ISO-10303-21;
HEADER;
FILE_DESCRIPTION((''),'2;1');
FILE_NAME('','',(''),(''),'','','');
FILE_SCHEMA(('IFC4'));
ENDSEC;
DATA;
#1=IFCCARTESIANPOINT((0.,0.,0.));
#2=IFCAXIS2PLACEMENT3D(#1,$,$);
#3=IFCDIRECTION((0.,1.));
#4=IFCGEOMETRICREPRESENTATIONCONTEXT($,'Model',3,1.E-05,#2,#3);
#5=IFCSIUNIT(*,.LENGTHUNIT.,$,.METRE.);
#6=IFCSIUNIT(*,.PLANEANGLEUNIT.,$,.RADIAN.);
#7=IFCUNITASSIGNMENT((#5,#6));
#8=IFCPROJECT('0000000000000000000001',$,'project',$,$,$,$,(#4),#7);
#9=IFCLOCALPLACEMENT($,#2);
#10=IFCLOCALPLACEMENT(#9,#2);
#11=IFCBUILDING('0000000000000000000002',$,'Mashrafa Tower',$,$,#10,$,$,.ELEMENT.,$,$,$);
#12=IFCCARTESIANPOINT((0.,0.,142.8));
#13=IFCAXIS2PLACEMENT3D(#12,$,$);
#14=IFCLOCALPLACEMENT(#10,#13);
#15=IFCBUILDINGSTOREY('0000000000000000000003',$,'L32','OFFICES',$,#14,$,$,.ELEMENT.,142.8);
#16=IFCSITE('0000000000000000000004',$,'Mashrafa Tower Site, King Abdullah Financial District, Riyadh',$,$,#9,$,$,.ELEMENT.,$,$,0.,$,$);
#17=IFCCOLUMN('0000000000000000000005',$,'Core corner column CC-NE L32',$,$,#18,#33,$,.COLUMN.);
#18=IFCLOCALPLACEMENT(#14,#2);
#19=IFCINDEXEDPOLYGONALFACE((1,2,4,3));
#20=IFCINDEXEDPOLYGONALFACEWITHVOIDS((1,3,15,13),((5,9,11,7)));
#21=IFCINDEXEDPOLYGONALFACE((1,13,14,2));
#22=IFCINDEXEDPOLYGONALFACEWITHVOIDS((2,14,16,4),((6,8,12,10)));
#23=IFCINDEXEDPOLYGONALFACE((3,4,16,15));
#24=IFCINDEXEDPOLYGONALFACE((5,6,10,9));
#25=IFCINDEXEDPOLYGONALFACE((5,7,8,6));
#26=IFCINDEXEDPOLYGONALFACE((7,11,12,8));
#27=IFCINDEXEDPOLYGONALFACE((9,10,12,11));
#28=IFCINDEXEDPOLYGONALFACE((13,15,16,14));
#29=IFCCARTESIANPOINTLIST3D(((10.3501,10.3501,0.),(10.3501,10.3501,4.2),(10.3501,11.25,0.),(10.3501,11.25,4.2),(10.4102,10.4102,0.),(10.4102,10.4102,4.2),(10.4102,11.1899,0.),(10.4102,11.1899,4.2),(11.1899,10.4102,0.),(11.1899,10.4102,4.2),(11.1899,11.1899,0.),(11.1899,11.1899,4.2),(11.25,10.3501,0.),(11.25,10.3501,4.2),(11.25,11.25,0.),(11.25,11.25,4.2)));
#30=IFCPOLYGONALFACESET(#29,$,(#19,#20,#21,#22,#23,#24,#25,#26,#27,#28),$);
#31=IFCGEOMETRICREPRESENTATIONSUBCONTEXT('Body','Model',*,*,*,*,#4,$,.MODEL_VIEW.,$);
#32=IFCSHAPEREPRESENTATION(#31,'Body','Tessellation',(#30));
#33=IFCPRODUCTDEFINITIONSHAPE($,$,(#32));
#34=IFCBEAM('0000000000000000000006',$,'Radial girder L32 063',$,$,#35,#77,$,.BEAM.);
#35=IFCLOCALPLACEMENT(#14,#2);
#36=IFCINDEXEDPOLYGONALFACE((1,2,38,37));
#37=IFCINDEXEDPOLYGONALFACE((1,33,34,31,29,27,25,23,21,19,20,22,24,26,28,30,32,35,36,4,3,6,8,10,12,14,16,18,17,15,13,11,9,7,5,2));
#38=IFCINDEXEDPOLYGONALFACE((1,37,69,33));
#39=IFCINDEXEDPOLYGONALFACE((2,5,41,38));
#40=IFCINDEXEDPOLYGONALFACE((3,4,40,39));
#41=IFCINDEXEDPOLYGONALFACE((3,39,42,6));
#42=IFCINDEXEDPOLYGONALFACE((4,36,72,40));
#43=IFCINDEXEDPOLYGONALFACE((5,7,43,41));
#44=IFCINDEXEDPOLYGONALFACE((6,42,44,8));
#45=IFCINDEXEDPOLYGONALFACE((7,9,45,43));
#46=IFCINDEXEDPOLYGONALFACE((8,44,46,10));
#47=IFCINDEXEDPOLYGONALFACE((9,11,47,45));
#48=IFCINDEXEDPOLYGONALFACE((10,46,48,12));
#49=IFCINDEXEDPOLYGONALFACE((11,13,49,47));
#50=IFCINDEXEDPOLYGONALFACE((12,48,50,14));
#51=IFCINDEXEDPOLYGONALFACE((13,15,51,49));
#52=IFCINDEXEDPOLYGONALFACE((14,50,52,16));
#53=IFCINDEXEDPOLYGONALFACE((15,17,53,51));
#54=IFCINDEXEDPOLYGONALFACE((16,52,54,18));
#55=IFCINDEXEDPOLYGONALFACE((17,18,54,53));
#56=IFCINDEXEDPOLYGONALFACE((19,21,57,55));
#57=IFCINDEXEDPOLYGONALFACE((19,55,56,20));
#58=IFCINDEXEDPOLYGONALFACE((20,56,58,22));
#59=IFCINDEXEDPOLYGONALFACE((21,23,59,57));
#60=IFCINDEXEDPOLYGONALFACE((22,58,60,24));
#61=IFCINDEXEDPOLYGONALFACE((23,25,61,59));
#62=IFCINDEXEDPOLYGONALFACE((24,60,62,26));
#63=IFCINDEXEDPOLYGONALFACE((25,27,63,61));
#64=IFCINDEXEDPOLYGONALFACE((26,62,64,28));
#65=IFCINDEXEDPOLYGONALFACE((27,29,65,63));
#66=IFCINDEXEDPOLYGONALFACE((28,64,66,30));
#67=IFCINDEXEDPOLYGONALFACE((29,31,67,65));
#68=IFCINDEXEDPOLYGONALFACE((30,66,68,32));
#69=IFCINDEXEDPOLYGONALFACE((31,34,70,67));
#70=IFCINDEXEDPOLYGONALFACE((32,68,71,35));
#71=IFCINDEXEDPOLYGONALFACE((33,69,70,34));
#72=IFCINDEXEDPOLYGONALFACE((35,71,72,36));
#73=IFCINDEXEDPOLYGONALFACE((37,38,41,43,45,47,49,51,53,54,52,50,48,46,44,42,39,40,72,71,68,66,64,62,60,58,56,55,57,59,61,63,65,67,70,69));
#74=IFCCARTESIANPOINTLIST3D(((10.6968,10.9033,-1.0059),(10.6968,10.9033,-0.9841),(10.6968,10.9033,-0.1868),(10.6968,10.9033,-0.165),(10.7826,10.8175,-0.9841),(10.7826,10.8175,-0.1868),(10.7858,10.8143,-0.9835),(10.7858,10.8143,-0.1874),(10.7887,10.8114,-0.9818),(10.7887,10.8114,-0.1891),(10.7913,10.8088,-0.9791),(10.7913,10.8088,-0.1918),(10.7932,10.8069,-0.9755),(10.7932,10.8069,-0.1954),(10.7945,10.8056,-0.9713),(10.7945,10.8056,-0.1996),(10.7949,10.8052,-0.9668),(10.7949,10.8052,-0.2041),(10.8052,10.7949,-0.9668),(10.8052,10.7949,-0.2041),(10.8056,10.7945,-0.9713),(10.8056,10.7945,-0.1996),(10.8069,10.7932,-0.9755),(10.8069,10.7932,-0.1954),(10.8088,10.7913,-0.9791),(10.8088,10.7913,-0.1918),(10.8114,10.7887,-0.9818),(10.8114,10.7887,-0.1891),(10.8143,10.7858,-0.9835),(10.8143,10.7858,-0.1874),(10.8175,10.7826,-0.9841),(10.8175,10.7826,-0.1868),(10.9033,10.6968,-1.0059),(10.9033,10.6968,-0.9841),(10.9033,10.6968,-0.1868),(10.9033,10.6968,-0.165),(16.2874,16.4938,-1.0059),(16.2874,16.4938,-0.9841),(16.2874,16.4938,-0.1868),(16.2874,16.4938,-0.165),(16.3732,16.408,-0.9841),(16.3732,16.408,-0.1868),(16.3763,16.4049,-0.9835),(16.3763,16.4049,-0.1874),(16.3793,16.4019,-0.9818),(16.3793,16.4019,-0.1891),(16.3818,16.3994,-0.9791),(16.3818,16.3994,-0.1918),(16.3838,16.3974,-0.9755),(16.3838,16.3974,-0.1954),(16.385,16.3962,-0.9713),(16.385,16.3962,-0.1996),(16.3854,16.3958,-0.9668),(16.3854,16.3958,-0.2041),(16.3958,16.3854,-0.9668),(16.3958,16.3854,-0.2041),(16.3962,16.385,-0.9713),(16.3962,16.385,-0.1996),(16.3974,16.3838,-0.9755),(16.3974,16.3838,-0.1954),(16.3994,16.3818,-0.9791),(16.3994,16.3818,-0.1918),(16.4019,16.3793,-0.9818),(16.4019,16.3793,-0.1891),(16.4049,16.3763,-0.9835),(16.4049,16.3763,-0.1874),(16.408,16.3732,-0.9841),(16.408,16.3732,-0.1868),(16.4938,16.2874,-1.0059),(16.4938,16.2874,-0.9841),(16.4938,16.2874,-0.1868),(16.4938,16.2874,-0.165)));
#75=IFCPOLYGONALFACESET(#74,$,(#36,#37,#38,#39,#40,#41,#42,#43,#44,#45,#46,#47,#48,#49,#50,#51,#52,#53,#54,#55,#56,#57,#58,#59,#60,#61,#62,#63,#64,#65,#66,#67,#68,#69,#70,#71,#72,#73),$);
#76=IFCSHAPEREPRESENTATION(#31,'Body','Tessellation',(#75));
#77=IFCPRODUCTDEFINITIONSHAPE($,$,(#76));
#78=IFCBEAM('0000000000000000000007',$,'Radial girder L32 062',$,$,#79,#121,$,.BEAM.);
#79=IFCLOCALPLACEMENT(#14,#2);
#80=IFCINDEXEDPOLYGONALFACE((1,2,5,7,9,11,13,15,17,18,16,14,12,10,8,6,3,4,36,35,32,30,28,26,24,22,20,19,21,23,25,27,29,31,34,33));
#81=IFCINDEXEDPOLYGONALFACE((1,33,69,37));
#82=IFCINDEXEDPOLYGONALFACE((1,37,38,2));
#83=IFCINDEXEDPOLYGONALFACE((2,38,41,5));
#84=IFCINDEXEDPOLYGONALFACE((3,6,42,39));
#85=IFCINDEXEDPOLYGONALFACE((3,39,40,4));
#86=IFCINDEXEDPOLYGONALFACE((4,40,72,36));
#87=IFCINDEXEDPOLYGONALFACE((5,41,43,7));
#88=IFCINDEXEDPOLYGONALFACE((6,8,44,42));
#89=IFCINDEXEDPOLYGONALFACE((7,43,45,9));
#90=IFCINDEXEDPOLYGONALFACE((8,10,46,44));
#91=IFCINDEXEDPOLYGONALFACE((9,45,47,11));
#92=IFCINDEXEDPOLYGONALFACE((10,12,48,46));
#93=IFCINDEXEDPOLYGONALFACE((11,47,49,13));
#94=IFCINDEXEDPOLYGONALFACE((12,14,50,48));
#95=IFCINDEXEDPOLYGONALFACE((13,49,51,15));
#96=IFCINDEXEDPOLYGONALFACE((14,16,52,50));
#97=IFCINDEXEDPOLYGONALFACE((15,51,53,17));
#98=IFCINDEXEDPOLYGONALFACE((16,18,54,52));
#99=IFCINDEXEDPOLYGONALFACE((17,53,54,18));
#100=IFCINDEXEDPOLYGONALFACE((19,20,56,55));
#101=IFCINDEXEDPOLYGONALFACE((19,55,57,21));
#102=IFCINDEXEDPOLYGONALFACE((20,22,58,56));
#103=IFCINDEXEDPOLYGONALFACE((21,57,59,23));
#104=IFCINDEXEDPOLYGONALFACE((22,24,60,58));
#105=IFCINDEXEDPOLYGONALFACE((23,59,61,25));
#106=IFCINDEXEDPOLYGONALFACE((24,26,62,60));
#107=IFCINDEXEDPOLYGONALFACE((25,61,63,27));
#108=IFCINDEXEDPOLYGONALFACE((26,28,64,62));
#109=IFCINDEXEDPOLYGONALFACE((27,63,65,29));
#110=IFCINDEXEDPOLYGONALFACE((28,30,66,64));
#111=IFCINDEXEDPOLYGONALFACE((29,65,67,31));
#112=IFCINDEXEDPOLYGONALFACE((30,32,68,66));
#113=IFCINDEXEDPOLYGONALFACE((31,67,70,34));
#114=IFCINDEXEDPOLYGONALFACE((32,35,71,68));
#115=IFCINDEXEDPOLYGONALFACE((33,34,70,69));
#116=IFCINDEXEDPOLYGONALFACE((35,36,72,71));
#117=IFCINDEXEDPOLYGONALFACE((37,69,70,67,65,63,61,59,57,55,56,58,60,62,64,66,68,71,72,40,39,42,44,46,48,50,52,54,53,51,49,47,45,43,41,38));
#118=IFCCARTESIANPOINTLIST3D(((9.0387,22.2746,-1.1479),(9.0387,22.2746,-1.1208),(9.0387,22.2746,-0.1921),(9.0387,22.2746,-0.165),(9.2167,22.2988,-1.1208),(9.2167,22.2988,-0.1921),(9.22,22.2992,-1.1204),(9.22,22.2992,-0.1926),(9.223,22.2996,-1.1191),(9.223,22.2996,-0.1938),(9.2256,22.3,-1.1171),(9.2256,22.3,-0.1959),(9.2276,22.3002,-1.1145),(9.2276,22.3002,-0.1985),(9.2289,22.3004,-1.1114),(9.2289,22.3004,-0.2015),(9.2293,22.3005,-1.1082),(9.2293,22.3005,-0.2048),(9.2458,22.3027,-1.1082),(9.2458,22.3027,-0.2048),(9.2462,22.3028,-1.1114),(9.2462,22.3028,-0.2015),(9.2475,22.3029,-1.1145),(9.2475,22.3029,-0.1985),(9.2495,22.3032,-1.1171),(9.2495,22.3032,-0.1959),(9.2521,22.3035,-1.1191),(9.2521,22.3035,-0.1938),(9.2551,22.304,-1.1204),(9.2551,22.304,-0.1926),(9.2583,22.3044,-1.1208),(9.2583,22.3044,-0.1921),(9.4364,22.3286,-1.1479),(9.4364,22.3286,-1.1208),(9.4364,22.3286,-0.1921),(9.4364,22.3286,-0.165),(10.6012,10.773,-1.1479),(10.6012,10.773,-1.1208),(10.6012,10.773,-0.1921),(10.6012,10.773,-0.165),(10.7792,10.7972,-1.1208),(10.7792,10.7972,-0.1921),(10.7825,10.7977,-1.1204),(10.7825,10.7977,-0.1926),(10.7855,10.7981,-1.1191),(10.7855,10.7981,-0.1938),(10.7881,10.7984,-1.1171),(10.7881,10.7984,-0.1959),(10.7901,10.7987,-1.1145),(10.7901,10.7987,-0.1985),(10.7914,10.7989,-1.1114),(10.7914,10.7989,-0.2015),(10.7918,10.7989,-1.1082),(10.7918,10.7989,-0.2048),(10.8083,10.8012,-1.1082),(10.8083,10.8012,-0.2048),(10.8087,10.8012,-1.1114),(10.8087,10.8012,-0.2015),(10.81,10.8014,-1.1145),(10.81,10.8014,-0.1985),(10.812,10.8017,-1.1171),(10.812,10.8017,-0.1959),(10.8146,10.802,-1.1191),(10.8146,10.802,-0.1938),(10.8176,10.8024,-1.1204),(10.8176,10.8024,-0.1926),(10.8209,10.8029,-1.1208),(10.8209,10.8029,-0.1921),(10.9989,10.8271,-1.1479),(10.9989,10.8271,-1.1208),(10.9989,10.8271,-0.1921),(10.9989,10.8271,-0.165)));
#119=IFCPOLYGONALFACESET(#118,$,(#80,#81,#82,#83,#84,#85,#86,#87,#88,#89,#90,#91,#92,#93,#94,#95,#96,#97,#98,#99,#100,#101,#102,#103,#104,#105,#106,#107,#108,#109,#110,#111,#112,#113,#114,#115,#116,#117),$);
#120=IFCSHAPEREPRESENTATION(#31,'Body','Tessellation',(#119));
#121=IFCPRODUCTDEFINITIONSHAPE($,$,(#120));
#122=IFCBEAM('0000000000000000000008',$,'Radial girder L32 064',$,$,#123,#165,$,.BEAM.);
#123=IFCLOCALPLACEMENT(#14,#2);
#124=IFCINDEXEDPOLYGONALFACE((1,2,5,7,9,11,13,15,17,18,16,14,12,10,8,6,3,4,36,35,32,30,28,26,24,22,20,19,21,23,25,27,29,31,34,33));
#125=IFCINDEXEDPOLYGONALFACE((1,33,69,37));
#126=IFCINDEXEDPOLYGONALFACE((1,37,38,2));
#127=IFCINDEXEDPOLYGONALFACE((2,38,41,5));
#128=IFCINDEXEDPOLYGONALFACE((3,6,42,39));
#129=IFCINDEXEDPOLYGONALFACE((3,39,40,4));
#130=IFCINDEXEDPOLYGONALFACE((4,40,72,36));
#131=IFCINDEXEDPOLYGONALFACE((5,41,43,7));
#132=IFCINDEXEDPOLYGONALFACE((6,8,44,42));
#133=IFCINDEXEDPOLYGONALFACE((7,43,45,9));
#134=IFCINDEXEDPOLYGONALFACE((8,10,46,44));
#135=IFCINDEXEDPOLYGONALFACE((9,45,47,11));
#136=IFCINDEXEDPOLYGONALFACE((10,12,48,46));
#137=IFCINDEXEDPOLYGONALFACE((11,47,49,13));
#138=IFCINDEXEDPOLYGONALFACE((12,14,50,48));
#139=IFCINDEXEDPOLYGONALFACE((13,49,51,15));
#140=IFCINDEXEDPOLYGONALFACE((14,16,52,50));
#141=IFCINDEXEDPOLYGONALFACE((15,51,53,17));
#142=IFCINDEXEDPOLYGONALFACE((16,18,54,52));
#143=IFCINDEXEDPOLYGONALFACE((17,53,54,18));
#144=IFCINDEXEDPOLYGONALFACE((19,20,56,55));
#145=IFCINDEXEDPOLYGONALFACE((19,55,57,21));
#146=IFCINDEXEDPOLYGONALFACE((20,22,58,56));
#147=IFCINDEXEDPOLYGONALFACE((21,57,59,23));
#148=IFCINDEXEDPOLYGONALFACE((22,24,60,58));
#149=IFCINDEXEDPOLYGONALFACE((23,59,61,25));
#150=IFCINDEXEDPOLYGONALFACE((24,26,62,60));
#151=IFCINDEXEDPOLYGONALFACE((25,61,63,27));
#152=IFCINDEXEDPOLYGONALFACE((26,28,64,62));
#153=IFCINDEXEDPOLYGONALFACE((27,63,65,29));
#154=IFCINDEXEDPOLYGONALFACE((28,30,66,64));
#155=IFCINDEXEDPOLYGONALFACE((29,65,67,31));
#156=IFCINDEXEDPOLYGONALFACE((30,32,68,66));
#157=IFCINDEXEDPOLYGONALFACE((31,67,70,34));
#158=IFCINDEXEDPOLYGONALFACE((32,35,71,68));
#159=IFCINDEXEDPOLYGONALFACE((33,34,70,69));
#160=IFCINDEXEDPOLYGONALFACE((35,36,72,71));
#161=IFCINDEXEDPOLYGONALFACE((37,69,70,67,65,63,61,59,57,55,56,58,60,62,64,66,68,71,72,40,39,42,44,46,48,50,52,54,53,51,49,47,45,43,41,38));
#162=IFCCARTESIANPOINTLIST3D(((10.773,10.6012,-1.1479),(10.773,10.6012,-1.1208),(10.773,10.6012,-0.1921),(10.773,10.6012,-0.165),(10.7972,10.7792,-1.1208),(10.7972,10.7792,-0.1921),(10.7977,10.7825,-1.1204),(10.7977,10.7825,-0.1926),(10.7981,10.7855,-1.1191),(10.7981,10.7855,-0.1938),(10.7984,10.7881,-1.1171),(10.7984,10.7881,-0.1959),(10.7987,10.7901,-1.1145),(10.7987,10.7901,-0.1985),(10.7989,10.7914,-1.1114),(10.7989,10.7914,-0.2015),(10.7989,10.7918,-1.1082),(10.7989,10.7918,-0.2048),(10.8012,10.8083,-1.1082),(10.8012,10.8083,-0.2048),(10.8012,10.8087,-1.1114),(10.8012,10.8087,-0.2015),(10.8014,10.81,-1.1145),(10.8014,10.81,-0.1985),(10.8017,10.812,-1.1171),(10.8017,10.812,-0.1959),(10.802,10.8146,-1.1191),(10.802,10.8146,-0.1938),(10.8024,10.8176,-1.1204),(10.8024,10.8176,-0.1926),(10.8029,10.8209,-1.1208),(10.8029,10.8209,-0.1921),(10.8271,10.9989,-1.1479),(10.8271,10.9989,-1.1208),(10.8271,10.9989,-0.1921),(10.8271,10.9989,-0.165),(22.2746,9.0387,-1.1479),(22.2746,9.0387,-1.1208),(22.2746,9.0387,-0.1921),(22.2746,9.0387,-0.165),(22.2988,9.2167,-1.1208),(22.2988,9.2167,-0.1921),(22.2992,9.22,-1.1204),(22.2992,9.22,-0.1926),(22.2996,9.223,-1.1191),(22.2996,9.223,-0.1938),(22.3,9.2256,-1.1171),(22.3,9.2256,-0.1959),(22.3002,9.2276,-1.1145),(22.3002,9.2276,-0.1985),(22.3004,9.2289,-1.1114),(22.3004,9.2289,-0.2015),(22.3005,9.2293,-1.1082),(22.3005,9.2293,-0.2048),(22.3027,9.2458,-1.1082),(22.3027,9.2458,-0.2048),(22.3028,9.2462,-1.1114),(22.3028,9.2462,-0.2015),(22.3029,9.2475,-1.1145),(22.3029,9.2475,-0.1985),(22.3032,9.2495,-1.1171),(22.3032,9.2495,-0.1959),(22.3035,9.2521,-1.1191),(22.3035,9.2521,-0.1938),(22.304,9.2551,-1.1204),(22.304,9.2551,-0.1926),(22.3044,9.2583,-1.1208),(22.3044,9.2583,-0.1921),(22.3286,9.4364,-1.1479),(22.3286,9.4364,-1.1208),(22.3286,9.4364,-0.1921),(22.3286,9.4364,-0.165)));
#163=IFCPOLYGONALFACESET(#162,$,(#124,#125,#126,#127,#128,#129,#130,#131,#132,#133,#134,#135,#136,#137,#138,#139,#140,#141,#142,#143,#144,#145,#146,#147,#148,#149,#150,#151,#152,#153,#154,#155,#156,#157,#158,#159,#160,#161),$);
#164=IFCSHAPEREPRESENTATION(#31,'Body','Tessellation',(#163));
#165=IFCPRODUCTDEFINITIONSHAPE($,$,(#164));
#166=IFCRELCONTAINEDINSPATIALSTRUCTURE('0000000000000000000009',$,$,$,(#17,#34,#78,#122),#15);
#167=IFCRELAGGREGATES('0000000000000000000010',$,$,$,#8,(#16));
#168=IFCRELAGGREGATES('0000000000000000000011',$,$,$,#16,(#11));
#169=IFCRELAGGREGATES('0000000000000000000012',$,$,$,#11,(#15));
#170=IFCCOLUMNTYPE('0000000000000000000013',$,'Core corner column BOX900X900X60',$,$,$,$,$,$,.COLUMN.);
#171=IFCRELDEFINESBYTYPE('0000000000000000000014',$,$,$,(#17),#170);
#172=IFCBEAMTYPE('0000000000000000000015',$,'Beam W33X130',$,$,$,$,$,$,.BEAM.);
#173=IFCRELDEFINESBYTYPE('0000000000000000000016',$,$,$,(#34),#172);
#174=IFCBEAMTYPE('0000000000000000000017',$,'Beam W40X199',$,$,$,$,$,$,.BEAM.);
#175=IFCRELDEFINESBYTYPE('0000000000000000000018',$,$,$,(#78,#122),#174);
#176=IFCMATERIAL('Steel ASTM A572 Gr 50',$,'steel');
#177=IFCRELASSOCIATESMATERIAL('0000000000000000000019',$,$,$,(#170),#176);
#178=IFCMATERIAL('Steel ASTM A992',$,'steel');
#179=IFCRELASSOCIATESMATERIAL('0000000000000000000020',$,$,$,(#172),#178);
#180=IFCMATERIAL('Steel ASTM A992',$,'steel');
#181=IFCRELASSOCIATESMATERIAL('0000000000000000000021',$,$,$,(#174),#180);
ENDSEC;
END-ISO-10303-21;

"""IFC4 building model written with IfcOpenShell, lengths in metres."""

from ifc_helpers import new_model, si_unit, direction, frame, origin, origin_2d, place, context, subcontext, project, spatial, hollow_rectangle, i_section, extrude, material, material_profile, profile_set, type_object, element, save


model = new_model("IFC4")

# Units and contexts
model_context = context("Model", 3, precision=1e-05, world=origin(), true_north=direction((0.0, 1.0)))
body_context = subcontext(model_context, "Body", "Model", "MODEL_VIEW")
ifc_project = project(units=[si_unit("LENGTHUNIT", "METRE"), si_unit("PLANEANGLEUNIT", "RADIAN")], contexts=[model_context])

# Site, building, storey
site_placement = place(None, origin())
site = spatial("IfcSite", under=ifc_project, at=site_placement, Name="Mashrafa Tower Site, King Abdullah Financial District, Riyadh", CompositionType="ELEMENT", RefElevation=0.0)
building_placement = place(site_placement, origin())
building = spatial("IfcBuilding", under=site, at=building_placement, Name="Mashrafa Tower", CompositionType="ELEMENT")
storey_placement = place(building_placement, frame((0.0, 0.0, 142.8)))
storey = spatial("IfcBuildingStorey", under=building, at=storey_placement, Name="L32", Description="OFFICES", CompositionType="ELEMENT", Elevation=142.8)

# Column
ifc_material_1 = material(Name="Steel ASTM A572 Gr 50", Category="steel")
ifc_material_profile_1 = material_profile(ifc_material_1, hollow_rectangle(XDim=0.8999, YDim=0.8999, WallThickness=0.0601, at=origin_2d()), Name="BOX900X900X60")
ifc_profile_set_1 = profile_set([ifc_material_profile_1], Name="Steel ASTM A572 Gr 50")
column_type = type_object("IfcColumnType", Name="Core corner column BOX900X900X60", PredefinedType="COLUMN", material=ifc_profile_set_1)
column_placement = place(storey_placement, frame((10.8, 10.8, 0.0), z_axis=(0.0, 0.0, 1.0), x_axis=(1.0, 0.0, 0.0)))
element("IfcColumn", 1, at=column_placement, inside=storey, type_object=column_type, Name="Core corner column CC-NE L32", PredefinedType="COLUMN", context=body_context, shape_type="SweptSolid", body=[
    extrude(hollow_rectangle(XDim=0.8999, YDim=0.8999, WallThickness=0.0601, at=origin_2d()), origin(), (0.0, 0.0, 1.0), 4.2),
])

# Beams
ifc_material_2 = material(Name="Steel ASTM A992", Category="steel")
ifc_material_profile_2 = material_profile(ifc_material_2, i_section(OverallWidth=0.292, OverallDepth=0.8408, WebThickness=0.0146, FlangeThickness=0.0217, FilletRadius=0.0173, at=origin_2d()), Name="W33X130")
ifc_profile_set_2 = profile_set([ifc_material_profile_2], Name="Steel ASTM A992")
beam_type_1 = type_object("IfcBeamType", Name="Beam W33X130", PredefinedType="BEAM", material=ifc_profile_set_2)
beam_1_placement = place(storey_placement, frame((10.8, 10.8, -0.5854), z_axis=(0.707107, 0.707107, 0.0), x_axis=(-0.707107, 0.707107, 0.0)))
element("IfcBeam", 2, at=beam_1_placement, inside=storey, type_object=beam_type_1, Name="Radial girder L32 063", PredefinedType="BEAM", context=body_context, shape_type="SweptSolid", body=[
    extrude(i_section(OverallWidth=0.292, OverallDepth=0.8408, WebThickness=0.0146, FlangeThickness=0.0217, FilletRadius=0.0173, at=origin_2d()), origin(), (0.0, 0.0, 1.0), 7.9062),
])
ifc_material_3 = material(Name="Steel ASTM A992", Category="steel")
ifc_material_profile_3 = material_profile(ifc_material_3, i_section(OverallWidth=0.4014, OverallDepth=0.9829, WebThickness=0.0166, FlangeThickness=0.0271, FilletRadius=0.0127, at=origin_2d()), Name="W40X199")
ifc_profile_set_3 = profile_set([ifc_material_profile_3], Name="Steel ASTM A992")
beam_type_2 = type_object("IfcBeamType", Name="Beam W40X199", PredefinedType="BEAM", material=ifc_profile_set_3)
for number, where, z_axis, x_axis, name in (
    (3, (10.8, 10.8, -0.6565), (-0.134616, 0.990898, 0.0), (-0.990898, -0.134616, 0.0), "Radial girder L32 062"),
    (4, (10.8, 10.8, -0.6565), (0.990898, -0.134616, 0.0), (0.134616, 0.990898, 0.0), "Radial girder L32 064"),
):
    element("IfcBeam", number, at=place(storey_placement, frame(where, z_axis=z_axis, x_axis=x_axis)), inside=storey, type_object=beam_type_2, Name=name, PredefinedType="BEAM", context=body_context, shape_type="SweptSolid", body=[
        extrude(i_section(OverallWidth=0.4014, OverallDepth=0.9829, WebThickness=0.0166, FlangeThickness=0.0271, FilletRadius=0.0127, at=origin_2d()), origin(), (0.0, 0.0, 1.0), 11.6072),
    ])

save(model, "model.ifc")
